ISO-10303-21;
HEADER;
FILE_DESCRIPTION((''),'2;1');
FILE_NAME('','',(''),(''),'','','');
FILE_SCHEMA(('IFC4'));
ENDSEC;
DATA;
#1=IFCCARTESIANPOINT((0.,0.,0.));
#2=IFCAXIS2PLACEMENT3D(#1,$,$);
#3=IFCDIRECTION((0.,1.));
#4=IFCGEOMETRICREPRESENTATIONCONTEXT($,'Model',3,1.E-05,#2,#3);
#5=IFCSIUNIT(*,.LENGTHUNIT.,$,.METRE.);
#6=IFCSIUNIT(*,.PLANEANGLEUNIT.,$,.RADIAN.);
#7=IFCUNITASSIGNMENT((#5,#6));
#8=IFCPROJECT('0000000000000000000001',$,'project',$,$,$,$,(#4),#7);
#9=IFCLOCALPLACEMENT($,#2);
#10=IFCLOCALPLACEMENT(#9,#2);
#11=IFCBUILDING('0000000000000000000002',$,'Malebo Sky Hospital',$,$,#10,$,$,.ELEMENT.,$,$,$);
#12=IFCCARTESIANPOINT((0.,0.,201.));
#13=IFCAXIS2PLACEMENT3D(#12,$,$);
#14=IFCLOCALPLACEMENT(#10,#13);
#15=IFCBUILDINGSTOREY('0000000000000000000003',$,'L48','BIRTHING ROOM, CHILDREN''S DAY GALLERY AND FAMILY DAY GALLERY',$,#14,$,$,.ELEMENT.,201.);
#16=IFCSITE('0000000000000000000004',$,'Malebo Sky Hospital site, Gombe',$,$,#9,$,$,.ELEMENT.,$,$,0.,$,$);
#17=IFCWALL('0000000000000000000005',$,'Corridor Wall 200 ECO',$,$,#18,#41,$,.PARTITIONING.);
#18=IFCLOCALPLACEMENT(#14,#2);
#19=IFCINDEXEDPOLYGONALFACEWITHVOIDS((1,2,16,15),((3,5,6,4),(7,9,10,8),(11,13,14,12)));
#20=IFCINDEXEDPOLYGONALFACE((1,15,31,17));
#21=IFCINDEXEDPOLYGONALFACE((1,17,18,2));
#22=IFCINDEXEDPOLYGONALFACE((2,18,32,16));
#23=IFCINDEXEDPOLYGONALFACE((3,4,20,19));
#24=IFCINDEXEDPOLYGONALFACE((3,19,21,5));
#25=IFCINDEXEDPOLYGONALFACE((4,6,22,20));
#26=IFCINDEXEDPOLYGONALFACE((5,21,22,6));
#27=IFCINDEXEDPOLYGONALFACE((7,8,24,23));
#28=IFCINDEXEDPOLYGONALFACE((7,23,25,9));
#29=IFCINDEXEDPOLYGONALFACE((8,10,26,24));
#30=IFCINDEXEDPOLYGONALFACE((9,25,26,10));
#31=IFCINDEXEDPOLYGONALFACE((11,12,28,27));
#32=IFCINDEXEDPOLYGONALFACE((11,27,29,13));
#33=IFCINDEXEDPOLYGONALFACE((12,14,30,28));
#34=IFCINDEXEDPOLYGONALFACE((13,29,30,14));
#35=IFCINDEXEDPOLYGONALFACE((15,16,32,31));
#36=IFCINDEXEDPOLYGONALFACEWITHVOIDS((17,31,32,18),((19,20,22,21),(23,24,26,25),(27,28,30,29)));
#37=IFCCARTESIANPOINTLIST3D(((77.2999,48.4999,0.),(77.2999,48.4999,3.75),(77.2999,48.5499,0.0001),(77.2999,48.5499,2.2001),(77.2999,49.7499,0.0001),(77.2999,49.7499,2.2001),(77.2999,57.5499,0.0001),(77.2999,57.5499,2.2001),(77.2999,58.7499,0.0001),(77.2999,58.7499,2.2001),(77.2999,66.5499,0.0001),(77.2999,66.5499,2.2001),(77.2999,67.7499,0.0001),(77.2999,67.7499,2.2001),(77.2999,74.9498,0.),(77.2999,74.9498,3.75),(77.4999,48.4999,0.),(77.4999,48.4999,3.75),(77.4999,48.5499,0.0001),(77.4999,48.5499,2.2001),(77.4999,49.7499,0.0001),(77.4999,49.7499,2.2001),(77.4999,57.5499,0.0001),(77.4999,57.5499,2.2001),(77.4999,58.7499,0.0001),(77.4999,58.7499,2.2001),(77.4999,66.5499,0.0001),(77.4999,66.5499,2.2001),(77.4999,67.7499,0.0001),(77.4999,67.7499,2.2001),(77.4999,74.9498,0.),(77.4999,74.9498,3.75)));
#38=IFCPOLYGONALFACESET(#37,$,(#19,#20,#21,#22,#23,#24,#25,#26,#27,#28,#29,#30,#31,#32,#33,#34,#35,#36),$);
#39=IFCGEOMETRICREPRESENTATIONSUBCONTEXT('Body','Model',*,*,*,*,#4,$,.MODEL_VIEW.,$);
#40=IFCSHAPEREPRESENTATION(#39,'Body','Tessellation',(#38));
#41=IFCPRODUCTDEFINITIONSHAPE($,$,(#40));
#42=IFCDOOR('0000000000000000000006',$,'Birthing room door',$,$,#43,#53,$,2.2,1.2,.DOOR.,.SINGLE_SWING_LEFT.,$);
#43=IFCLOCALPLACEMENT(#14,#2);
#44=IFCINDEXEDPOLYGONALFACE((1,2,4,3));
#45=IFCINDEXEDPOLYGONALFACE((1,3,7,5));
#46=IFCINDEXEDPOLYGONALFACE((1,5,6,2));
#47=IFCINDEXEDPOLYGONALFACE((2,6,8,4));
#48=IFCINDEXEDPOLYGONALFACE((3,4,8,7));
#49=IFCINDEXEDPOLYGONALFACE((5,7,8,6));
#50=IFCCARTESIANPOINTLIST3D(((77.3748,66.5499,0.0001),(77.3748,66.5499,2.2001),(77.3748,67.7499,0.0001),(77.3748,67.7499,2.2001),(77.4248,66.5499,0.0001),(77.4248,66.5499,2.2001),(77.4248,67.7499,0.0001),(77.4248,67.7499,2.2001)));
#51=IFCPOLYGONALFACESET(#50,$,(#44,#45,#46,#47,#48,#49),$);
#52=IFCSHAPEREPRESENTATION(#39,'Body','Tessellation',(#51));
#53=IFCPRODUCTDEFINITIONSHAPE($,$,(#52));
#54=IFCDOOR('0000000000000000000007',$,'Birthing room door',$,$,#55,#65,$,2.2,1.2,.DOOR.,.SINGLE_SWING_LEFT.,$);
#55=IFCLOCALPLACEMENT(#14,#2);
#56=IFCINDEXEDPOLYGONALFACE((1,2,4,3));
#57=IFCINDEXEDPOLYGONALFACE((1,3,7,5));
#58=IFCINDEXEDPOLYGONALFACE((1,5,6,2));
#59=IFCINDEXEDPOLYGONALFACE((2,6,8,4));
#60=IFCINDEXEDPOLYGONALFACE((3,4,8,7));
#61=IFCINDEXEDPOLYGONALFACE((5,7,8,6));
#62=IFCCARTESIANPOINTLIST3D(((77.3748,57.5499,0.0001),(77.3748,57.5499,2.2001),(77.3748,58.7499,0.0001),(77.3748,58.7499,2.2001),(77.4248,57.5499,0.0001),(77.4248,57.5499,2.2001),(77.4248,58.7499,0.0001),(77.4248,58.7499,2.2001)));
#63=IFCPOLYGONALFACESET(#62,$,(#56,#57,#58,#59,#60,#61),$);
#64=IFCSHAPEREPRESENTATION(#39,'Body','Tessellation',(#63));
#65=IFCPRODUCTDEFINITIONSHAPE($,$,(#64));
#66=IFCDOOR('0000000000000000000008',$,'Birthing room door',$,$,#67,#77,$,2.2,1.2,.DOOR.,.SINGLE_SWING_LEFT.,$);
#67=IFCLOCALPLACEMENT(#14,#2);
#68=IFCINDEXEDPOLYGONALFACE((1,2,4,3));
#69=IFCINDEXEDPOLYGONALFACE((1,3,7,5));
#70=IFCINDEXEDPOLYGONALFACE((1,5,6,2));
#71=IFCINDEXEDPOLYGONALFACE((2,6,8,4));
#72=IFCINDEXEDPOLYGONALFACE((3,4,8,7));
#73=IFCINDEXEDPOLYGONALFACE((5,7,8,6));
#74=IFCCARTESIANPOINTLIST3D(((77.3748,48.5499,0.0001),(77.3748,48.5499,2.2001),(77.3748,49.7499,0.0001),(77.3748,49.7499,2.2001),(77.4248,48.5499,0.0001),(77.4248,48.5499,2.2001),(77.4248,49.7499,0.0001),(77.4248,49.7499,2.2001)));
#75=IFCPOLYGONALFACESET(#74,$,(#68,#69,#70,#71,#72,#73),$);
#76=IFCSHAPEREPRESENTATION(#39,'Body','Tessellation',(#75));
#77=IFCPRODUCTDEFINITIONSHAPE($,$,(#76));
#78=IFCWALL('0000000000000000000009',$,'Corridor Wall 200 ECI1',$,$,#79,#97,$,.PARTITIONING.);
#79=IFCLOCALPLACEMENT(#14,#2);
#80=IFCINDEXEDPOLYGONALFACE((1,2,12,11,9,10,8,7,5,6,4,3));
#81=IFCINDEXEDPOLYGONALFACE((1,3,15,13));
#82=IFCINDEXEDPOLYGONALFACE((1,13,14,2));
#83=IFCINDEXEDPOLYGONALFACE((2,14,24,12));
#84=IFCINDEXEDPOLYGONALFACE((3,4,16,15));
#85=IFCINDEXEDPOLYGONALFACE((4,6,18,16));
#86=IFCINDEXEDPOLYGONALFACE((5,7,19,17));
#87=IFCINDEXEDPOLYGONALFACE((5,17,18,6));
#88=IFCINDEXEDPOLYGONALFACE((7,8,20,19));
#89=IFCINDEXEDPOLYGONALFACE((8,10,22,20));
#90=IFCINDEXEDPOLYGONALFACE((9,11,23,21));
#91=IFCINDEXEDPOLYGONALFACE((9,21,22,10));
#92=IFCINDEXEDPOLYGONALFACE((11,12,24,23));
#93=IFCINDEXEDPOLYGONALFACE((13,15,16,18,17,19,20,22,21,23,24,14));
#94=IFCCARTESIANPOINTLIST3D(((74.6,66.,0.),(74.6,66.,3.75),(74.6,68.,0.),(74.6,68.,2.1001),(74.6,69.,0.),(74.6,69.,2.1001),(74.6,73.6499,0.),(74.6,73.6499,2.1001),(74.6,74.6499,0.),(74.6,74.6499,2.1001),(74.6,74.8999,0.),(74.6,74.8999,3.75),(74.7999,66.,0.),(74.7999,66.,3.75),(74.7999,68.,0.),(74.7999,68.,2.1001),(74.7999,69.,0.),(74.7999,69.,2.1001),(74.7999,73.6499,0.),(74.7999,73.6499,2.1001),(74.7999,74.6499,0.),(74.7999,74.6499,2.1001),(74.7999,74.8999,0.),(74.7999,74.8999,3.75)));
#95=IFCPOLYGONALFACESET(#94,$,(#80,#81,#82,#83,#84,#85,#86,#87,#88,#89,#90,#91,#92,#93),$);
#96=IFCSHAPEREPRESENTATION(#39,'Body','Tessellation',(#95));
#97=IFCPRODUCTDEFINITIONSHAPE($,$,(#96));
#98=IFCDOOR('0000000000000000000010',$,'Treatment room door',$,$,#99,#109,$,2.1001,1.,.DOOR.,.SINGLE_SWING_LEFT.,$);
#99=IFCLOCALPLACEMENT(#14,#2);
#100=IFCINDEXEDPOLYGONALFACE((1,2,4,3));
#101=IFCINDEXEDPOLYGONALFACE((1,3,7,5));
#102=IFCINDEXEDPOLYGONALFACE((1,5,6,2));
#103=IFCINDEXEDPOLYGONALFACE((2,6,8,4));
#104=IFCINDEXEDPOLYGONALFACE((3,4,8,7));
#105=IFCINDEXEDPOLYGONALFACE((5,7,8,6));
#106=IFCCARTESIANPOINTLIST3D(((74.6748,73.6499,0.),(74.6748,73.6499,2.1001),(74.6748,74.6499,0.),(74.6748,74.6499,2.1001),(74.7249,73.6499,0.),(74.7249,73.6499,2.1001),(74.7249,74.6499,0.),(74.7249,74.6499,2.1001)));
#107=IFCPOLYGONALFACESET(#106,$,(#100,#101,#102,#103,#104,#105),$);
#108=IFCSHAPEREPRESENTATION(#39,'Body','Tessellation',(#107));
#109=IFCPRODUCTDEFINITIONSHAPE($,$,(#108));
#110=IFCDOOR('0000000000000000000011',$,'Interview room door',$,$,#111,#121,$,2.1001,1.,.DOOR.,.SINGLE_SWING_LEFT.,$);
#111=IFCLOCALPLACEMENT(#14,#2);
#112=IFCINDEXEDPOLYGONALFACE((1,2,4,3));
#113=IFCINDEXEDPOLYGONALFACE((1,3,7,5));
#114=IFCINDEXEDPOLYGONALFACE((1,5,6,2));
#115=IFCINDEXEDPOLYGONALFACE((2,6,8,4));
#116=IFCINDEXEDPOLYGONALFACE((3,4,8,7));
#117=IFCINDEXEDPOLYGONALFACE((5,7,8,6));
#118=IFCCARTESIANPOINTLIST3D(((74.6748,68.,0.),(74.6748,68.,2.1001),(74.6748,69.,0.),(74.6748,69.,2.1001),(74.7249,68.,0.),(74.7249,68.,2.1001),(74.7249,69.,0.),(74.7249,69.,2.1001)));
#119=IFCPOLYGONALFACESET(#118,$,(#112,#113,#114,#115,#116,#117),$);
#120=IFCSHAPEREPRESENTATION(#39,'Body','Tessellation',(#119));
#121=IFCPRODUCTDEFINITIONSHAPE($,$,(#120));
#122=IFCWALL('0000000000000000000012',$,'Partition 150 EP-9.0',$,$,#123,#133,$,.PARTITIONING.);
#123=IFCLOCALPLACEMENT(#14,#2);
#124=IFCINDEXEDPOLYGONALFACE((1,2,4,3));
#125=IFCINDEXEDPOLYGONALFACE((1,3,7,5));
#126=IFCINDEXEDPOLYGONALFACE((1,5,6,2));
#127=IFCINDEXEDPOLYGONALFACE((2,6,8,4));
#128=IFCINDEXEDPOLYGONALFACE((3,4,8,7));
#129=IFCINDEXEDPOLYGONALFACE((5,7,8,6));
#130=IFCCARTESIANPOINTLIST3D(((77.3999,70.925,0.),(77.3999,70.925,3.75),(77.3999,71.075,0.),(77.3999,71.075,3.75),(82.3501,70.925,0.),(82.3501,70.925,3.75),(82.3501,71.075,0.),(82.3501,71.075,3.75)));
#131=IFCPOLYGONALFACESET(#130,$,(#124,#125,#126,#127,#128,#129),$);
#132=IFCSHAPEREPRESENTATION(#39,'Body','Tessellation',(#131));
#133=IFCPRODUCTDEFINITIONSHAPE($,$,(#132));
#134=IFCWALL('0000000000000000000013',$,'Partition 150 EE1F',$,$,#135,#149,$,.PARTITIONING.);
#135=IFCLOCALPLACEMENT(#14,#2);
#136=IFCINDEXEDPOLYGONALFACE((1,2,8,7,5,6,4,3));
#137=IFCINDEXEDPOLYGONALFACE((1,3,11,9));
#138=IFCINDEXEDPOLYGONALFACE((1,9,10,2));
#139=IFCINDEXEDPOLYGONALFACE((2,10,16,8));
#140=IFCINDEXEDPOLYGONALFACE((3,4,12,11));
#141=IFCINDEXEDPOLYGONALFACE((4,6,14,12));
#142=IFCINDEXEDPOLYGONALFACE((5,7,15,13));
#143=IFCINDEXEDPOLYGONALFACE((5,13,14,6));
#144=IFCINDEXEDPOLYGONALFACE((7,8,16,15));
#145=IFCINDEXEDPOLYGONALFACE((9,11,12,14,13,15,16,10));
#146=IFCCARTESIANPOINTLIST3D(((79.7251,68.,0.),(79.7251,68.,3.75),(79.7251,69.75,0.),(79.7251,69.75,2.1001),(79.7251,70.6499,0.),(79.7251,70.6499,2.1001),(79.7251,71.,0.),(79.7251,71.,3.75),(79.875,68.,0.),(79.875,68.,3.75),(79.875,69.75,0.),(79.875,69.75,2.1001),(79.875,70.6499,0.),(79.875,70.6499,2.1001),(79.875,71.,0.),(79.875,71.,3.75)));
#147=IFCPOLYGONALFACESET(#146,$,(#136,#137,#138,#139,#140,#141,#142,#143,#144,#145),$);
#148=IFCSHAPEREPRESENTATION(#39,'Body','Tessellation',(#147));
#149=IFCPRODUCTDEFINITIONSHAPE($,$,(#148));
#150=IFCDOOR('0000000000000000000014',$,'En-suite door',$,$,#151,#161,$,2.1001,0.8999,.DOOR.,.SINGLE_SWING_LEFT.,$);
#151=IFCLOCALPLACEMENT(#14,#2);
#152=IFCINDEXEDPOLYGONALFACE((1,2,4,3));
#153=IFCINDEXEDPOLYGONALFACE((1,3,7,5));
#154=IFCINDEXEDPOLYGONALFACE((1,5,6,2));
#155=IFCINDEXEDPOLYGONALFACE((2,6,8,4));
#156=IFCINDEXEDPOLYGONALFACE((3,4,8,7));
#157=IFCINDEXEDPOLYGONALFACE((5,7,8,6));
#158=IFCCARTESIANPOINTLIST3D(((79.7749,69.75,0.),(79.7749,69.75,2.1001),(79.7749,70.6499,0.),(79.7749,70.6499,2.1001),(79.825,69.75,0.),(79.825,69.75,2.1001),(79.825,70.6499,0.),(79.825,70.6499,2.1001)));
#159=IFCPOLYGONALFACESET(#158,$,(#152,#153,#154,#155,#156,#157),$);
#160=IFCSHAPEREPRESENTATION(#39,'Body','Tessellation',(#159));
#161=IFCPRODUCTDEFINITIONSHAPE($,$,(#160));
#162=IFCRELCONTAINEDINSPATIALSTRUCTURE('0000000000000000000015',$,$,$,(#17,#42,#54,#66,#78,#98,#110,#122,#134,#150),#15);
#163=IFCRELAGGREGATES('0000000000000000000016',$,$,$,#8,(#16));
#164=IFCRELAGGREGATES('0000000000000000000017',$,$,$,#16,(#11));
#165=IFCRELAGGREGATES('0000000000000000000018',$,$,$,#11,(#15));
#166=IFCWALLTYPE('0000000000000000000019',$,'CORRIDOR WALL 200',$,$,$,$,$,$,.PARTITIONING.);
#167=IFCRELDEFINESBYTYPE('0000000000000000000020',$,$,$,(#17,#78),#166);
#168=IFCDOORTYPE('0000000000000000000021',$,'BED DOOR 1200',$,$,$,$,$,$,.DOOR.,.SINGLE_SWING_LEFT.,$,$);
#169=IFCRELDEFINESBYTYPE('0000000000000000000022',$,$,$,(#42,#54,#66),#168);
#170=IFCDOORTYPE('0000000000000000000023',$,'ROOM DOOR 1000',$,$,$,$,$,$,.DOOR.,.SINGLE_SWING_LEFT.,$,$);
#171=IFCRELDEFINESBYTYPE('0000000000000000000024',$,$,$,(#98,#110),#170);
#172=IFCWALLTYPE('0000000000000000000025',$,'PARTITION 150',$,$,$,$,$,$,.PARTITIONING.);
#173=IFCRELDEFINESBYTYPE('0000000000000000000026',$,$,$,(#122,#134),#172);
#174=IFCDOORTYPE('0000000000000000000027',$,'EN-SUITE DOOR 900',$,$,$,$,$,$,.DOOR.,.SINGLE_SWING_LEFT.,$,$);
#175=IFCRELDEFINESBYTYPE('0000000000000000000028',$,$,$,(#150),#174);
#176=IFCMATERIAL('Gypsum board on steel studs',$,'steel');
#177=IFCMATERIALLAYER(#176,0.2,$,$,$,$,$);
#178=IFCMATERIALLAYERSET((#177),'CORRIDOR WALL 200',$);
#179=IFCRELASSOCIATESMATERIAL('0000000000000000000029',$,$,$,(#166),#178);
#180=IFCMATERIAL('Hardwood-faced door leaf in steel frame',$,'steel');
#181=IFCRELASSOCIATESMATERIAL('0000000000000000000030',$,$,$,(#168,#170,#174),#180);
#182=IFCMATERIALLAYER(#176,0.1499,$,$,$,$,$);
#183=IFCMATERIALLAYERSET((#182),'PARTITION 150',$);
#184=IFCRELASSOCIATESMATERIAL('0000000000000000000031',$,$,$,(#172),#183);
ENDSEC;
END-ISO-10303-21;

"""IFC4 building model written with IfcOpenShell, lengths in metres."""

from ifc_helpers import new_model, si_unit, direction, frame, frame_2d, origin, place, context, subcontext, project, spatial, rectangle, extrude, material, layer, layer_set, type_object, element, fill, save


model = new_model("IFC4")

# Units and contexts
model_context = context("Model", 3, precision=1e-05, world=origin(), true_north=direction((0.0, 1.0)))
body_context = subcontext(model_context, "Body", "Model", "MODEL_VIEW")
ifc_project = project(units=[si_unit("LENGTHUNIT", "METRE"), si_unit("PLANEANGLEUNIT", "RADIAN")], contexts=[model_context])

# Site, building, storey
site_placement = place(None, origin())
site = spatial("IfcSite", under=ifc_project, at=site_placement, Name="Malebo Sky Hospital site, Gombe", CompositionType="ELEMENT", RefElevation=0.0)
building_placement = place(site_placement, origin())
building = spatial("IfcBuilding", under=site, at=building_placement, Name="Malebo Sky Hospital", CompositionType="ELEMENT")
storey_placement = place(building_placement, frame((0.0, 0.0, 201.0)))
storey = spatial("IfcBuildingStorey", under=building, at=storey_placement, Name="L48", Description="BIRTHING ROOM, CHILDREN'S DAY GALLERY AND FAMILY DAY GALLERY", CompositionType="ELEMENT", Elevation=201.0)

# Walls, openings, doors
ifc_material_1 = material(Name="Gypsum board on steel studs", Category="steel")
ifc_layer_1 = layer(ifc_material_1, 0.2)
ifc_layer_set_1 = layer_set([ifc_layer_1], Name="CORRIDOR WALL 200")
wall_type_1 = type_object("IfcWallType", Name="CORRIDOR WALL 200", PredefinedType="PARTITIONING", material=ifc_layer_set_1)
wall_1_placement = place(storey_placement, frame((77.3999, 74.95, 0.0), z_axis=(0.0, 0.0, 1.0), x_axis=(0.0, -1.0, 0.0)))
wall_1 = element("IfcWall", 1, at=wall_1_placement, inside=storey, type_object=wall_type_1, Name="Corridor Wall 200 ECO", PredefinedType="PARTITIONING", context=body_context, shape_type="SweptSolid", body=[
    extrude(rectangle(XDim=26.45, YDim=0.2, at=frame_2d((13.2251, 0.0))), origin(), (0.0, 0.0, 1.0), 3.75),
])
opening_1_placement = place(wall_1_placement, frame((7.2, 0.0, 0.0)))
opening_1 = element("IfcOpeningElement", 2, at=opening_1_placement, cuts=wall_1, PredefinedType="OPENING", context=body_context, shape_type="SweptSolid", body=[
    extrude(rectangle(XDim=1.2, YDim=2.2, at=frame_2d((0.6001, 1.1001))), frame((0.0, 0.1099, 0.0), z_axis=(0.0, -1.0, 0.0), x_axis=(1.0, 0.0, 0.0)), (0.0, 0.0, 1.0), 0.22),
])
opening_2_placement = place(wall_1_placement, frame((16.2, 0.0, 0.0)))
opening_2 = element("IfcOpeningElement", 3, at=opening_2_placement, cuts=wall_1, PredefinedType="OPENING", context=body_context, shape_type="SweptSolid", body=[
    extrude(rectangle(XDim=1.2, YDim=2.2, at=frame_2d((0.6001, 1.1001))), frame((0.0, 0.1099, 0.0), z_axis=(0.0, -1.0, 0.0), x_axis=(1.0, 0.0, 0.0)), (0.0, 0.0, 1.0), 0.22),
])
opening_3_placement = place(wall_1_placement, frame((25.2, 0.0, 0.0)))
opening_3 = element("IfcOpeningElement", 4, at=opening_3_placement, cuts=wall_1, PredefinedType="OPENING", context=body_context, shape_type="SweptSolid", body=[
    extrude(rectangle(XDim=1.2, YDim=2.2, at=frame_2d((0.6001, 1.1001))), frame((0.0, 0.1099, 0.0), z_axis=(0.0, -1.0, 0.0), x_axis=(1.0, 0.0, 0.0)), (0.0, 0.0, 1.0), 0.22),
])
ifc_material_2 = material(Name="Hardwood-faced door leaf in steel frame", Category="steel")
door_type_1 = type_object("IfcDoorType", Name="BED DOOR 1200", OperationType="SINGLE_SWING_LEFT", PredefinedType="DOOR", material=ifc_material_2)
door_1_placement = place(opening_1_placement, origin())
door_1 = element("IfcDoor", 5, at=door_1_placement, inside=storey, type_object=door_type_1, Name="Birthing room door", OperationType="SINGLE_SWING_LEFT", OverallHeight=2.2, OverallWidth=1.2, PredefinedType="DOOR", context=body_context, shape_type="SweptSolid", body=[
    extrude(rectangle(XDim=1.2, YDim=2.2, at=frame_2d((0.6001, 1.1001))), frame((0.0, 0.0249, 0.0), z_axis=(0.0, -1.0, 0.0), x_axis=(1.0, 0.0, 0.0)), (0.0, 0.0, 1.0), 0.05),
])
fill(opening_1, door_1)
door_2_placement = place(opening_2_placement, origin())
door_2 = element("IfcDoor", 6, at=door_2_placement, inside=storey, type_object=door_type_1, Name="Birthing room door", OperationType="SINGLE_SWING_LEFT", OverallHeight=2.2, OverallWidth=1.2, PredefinedType="DOOR", context=body_context, shape_type="SweptSolid", body=[
    extrude(rectangle(XDim=1.2, YDim=2.2, at=frame_2d((0.6001, 1.1001))), frame((0.0, 0.0249, 0.0), z_axis=(0.0, -1.0, 0.0), x_axis=(1.0, 0.0, 0.0)), (0.0, 0.0, 1.0), 0.05),
])
fill(opening_2, door_2)
door_3_placement = place(opening_3_placement, origin())
door_3 = element("IfcDoor", 7, at=door_3_placement, inside=storey, type_object=door_type_1, Name="Birthing room door", OperationType="SINGLE_SWING_LEFT", OverallHeight=2.2, OverallWidth=1.2, PredefinedType="DOOR", context=body_context, shape_type="SweptSolid", body=[
    extrude(rectangle(XDim=1.2, YDim=2.2, at=frame_2d((0.6001, 1.1001))), frame((0.0, 0.0249, 0.0), z_axis=(0.0, -1.0, 0.0), x_axis=(1.0, 0.0, 0.0)), (0.0, 0.0, 1.0), 0.05),
])
fill(opening_3, door_3)
wall_2_placement = place(storey_placement, frame((74.7, 74.8999, 0.0), z_axis=(0.0, 0.0, 1.0), x_axis=(0.0, -1.0, 0.0)))
wall_2 = element("IfcWall", 8, at=wall_2_placement, inside=storey, type_object=wall_type_1, Name="Corridor Wall 200 ECI1", PredefinedType="PARTITIONING", context=body_context, shape_type="SweptSolid", body=[
    extrude(rectangle(XDim=8.8999, YDim=0.2, at=frame_2d((4.45, 0.0))), origin(), (0.0, 0.0, 1.0), 3.75),
])
opening_4_placement = place(wall_2_placement, frame((0.25, 0.0, 0.0)))
opening_4 = element("IfcOpeningElement", 9, at=opening_4_placement, cuts=wall_2, PredefinedType="OPENING", context=body_context, shape_type="SweptSolid", body=[
    extrude(rectangle(XDim=1.0, YDim=2.1001, at=frame_2d((0.5, 1.05))), frame((0.0, 0.1099, 0.0), z_axis=(0.0, -1.0, 0.0), x_axis=(1.0, 0.0, 0.0)), (0.0, 0.0, 1.0), 0.22),
])
opening_5_placement = place(wall_2_placement, frame((5.8999, 0.0, 0.0)))
opening_5 = element("IfcOpeningElement", 10, at=opening_5_placement, cuts=wall_2, PredefinedType="OPENING", context=body_context, shape_type="SweptSolid", body=[
    extrude(rectangle(XDim=1.0, YDim=2.1001, at=frame_2d((0.5, 1.05))), frame((0.0, 0.1099, 0.0), z_axis=(0.0, -1.0, 0.0), x_axis=(1.0, 0.0, 0.0)), (0.0, 0.0, 1.0), 0.22),
])
door_type_2 = type_object("IfcDoorType", Name="ROOM DOOR 1000", OperationType="SINGLE_SWING_LEFT", PredefinedType="DOOR", material=ifc_material_2)
door_4_placement = place(opening_4_placement, origin())
door_4 = element("IfcDoor", 11, at=door_4_placement, inside=storey, type_object=door_type_2, Name="Treatment room door", OperationType="SINGLE_SWING_LEFT", OverallHeight=2.1001, OverallWidth=1.0, PredefinedType="DOOR", context=body_context, shape_type="SweptSolid", body=[
    extrude(rectangle(XDim=1.0, YDim=2.1001, at=frame_2d((0.5, 1.05))), frame((0.0, 0.0249, 0.0), z_axis=(0.0, -1.0, 0.0), x_axis=(1.0, 0.0, 0.0)), (0.0, 0.0, 1.0), 0.05),
])
fill(opening_4, door_4)
door_5_placement = place(opening_5_placement, origin())
door_5 = element("IfcDoor", 12, at=door_5_placement, inside=storey, type_object=door_type_2, Name="Interview room door", OperationType="SINGLE_SWING_LEFT", OverallHeight=2.1001, OverallWidth=1.0, PredefinedType="DOOR", context=body_context, shape_type="SweptSolid", body=[
    extrude(rectangle(XDim=1.0, YDim=2.1001, at=frame_2d((0.5, 1.05))), frame((0.0, 0.0249, 0.0), z_axis=(0.0, -1.0, 0.0), x_axis=(1.0, 0.0, 0.0)), (0.0, 0.0, 1.0), 0.05),
])
fill(opening_5, door_5)

# Wall
ifc_layer_2 = layer(ifc_material_1, 0.1499)
ifc_layer_set_2 = layer_set([ifc_layer_2], Name="PARTITION 150")
wall_type_2 = type_object("IfcWallType", Name="PARTITION 150", PredefinedType="PARTITIONING", material=ifc_layer_set_2)
wall_3_placement = place(storey_placement, frame((77.3999, 71.0, 0.0), z_axis=(0.0, 0.0, 1.0), x_axis=(1.0, 0.0, 0.0)))
element("IfcWall", 13, at=wall_3_placement, inside=storey, type_object=wall_type_2, Name="Partition 150 EP-9.0", PredefinedType="PARTITIONING", context=body_context, shape_type="SweptSolid", body=[
    extrude(rectangle(XDim=4.9502, YDim=0.1499, at=frame_2d((2.4751, 0.0))), origin(), (0.0, 0.0, 1.0), 3.75),
])

# Wall, opening, door
wall_4_placement = place(storey_placement, frame((79.8, 71.0, 0.0), z_axis=(0.0, 0.0, 1.0), x_axis=(0.0, -1.0, 0.0)))
wall_4 = element("IfcWall", 14, at=wall_4_placement, inside=storey, type_object=wall_type_2, Name="Partition 150 EE1F", PredefinedType="PARTITIONING", context=body_context, shape_type="SweptSolid", body=[
    extrude(rectangle(XDim=3.0, YDim=0.1499, at=frame_2d((1.5, 0.0))), origin(), (0.0, 0.0, 1.0), 3.75),
])
opening_6_placement = place(wall_4_placement, frame((0.3501, 0.0, 0.0)))
opening_6 = element("IfcOpeningElement", 15, at=opening_6_placement, cuts=wall_4, PredefinedType="OPENING", context=body_context, shape_type="SweptSolid", body=[
    extrude(rectangle(XDim=0.8999, YDim=2.1001, at=frame_2d((0.45, 1.05))), frame((0.0, 0.085, 0.0), z_axis=(0.0, -1.0, 0.0), x_axis=(1.0, 0.0, 0.0)), (0.0, 0.0, 1.0), 0.1699),
])
door_type_3 = type_object("IfcDoorType", Name="EN-SUITE DOOR 900", OperationType="SINGLE_SWING_LEFT", PredefinedType="DOOR", material=ifc_material_2)
door_6_placement = place(opening_6_placement, origin())
door_6 = element("IfcDoor", 16, at=door_6_placement, inside=storey, type_object=door_type_3, Name="En-suite door", OperationType="SINGLE_SWING_LEFT", OverallHeight=2.1001, OverallWidth=0.8999, PredefinedType="DOOR", context=body_context, shape_type="SweptSolid", body=[
    extrude(rectangle(XDim=0.8999, YDim=2.1001, at=frame_2d((0.45, 1.05))), frame((0.0, 0.0249, 0.0), z_axis=(0.0, -1.0, 0.0), x_axis=(1.0, 0.0, 0.0)), (0.0, 0.0, 1.0), 0.05),
])
fill(opening_6, door_6)

save(model, "model.ifc")
